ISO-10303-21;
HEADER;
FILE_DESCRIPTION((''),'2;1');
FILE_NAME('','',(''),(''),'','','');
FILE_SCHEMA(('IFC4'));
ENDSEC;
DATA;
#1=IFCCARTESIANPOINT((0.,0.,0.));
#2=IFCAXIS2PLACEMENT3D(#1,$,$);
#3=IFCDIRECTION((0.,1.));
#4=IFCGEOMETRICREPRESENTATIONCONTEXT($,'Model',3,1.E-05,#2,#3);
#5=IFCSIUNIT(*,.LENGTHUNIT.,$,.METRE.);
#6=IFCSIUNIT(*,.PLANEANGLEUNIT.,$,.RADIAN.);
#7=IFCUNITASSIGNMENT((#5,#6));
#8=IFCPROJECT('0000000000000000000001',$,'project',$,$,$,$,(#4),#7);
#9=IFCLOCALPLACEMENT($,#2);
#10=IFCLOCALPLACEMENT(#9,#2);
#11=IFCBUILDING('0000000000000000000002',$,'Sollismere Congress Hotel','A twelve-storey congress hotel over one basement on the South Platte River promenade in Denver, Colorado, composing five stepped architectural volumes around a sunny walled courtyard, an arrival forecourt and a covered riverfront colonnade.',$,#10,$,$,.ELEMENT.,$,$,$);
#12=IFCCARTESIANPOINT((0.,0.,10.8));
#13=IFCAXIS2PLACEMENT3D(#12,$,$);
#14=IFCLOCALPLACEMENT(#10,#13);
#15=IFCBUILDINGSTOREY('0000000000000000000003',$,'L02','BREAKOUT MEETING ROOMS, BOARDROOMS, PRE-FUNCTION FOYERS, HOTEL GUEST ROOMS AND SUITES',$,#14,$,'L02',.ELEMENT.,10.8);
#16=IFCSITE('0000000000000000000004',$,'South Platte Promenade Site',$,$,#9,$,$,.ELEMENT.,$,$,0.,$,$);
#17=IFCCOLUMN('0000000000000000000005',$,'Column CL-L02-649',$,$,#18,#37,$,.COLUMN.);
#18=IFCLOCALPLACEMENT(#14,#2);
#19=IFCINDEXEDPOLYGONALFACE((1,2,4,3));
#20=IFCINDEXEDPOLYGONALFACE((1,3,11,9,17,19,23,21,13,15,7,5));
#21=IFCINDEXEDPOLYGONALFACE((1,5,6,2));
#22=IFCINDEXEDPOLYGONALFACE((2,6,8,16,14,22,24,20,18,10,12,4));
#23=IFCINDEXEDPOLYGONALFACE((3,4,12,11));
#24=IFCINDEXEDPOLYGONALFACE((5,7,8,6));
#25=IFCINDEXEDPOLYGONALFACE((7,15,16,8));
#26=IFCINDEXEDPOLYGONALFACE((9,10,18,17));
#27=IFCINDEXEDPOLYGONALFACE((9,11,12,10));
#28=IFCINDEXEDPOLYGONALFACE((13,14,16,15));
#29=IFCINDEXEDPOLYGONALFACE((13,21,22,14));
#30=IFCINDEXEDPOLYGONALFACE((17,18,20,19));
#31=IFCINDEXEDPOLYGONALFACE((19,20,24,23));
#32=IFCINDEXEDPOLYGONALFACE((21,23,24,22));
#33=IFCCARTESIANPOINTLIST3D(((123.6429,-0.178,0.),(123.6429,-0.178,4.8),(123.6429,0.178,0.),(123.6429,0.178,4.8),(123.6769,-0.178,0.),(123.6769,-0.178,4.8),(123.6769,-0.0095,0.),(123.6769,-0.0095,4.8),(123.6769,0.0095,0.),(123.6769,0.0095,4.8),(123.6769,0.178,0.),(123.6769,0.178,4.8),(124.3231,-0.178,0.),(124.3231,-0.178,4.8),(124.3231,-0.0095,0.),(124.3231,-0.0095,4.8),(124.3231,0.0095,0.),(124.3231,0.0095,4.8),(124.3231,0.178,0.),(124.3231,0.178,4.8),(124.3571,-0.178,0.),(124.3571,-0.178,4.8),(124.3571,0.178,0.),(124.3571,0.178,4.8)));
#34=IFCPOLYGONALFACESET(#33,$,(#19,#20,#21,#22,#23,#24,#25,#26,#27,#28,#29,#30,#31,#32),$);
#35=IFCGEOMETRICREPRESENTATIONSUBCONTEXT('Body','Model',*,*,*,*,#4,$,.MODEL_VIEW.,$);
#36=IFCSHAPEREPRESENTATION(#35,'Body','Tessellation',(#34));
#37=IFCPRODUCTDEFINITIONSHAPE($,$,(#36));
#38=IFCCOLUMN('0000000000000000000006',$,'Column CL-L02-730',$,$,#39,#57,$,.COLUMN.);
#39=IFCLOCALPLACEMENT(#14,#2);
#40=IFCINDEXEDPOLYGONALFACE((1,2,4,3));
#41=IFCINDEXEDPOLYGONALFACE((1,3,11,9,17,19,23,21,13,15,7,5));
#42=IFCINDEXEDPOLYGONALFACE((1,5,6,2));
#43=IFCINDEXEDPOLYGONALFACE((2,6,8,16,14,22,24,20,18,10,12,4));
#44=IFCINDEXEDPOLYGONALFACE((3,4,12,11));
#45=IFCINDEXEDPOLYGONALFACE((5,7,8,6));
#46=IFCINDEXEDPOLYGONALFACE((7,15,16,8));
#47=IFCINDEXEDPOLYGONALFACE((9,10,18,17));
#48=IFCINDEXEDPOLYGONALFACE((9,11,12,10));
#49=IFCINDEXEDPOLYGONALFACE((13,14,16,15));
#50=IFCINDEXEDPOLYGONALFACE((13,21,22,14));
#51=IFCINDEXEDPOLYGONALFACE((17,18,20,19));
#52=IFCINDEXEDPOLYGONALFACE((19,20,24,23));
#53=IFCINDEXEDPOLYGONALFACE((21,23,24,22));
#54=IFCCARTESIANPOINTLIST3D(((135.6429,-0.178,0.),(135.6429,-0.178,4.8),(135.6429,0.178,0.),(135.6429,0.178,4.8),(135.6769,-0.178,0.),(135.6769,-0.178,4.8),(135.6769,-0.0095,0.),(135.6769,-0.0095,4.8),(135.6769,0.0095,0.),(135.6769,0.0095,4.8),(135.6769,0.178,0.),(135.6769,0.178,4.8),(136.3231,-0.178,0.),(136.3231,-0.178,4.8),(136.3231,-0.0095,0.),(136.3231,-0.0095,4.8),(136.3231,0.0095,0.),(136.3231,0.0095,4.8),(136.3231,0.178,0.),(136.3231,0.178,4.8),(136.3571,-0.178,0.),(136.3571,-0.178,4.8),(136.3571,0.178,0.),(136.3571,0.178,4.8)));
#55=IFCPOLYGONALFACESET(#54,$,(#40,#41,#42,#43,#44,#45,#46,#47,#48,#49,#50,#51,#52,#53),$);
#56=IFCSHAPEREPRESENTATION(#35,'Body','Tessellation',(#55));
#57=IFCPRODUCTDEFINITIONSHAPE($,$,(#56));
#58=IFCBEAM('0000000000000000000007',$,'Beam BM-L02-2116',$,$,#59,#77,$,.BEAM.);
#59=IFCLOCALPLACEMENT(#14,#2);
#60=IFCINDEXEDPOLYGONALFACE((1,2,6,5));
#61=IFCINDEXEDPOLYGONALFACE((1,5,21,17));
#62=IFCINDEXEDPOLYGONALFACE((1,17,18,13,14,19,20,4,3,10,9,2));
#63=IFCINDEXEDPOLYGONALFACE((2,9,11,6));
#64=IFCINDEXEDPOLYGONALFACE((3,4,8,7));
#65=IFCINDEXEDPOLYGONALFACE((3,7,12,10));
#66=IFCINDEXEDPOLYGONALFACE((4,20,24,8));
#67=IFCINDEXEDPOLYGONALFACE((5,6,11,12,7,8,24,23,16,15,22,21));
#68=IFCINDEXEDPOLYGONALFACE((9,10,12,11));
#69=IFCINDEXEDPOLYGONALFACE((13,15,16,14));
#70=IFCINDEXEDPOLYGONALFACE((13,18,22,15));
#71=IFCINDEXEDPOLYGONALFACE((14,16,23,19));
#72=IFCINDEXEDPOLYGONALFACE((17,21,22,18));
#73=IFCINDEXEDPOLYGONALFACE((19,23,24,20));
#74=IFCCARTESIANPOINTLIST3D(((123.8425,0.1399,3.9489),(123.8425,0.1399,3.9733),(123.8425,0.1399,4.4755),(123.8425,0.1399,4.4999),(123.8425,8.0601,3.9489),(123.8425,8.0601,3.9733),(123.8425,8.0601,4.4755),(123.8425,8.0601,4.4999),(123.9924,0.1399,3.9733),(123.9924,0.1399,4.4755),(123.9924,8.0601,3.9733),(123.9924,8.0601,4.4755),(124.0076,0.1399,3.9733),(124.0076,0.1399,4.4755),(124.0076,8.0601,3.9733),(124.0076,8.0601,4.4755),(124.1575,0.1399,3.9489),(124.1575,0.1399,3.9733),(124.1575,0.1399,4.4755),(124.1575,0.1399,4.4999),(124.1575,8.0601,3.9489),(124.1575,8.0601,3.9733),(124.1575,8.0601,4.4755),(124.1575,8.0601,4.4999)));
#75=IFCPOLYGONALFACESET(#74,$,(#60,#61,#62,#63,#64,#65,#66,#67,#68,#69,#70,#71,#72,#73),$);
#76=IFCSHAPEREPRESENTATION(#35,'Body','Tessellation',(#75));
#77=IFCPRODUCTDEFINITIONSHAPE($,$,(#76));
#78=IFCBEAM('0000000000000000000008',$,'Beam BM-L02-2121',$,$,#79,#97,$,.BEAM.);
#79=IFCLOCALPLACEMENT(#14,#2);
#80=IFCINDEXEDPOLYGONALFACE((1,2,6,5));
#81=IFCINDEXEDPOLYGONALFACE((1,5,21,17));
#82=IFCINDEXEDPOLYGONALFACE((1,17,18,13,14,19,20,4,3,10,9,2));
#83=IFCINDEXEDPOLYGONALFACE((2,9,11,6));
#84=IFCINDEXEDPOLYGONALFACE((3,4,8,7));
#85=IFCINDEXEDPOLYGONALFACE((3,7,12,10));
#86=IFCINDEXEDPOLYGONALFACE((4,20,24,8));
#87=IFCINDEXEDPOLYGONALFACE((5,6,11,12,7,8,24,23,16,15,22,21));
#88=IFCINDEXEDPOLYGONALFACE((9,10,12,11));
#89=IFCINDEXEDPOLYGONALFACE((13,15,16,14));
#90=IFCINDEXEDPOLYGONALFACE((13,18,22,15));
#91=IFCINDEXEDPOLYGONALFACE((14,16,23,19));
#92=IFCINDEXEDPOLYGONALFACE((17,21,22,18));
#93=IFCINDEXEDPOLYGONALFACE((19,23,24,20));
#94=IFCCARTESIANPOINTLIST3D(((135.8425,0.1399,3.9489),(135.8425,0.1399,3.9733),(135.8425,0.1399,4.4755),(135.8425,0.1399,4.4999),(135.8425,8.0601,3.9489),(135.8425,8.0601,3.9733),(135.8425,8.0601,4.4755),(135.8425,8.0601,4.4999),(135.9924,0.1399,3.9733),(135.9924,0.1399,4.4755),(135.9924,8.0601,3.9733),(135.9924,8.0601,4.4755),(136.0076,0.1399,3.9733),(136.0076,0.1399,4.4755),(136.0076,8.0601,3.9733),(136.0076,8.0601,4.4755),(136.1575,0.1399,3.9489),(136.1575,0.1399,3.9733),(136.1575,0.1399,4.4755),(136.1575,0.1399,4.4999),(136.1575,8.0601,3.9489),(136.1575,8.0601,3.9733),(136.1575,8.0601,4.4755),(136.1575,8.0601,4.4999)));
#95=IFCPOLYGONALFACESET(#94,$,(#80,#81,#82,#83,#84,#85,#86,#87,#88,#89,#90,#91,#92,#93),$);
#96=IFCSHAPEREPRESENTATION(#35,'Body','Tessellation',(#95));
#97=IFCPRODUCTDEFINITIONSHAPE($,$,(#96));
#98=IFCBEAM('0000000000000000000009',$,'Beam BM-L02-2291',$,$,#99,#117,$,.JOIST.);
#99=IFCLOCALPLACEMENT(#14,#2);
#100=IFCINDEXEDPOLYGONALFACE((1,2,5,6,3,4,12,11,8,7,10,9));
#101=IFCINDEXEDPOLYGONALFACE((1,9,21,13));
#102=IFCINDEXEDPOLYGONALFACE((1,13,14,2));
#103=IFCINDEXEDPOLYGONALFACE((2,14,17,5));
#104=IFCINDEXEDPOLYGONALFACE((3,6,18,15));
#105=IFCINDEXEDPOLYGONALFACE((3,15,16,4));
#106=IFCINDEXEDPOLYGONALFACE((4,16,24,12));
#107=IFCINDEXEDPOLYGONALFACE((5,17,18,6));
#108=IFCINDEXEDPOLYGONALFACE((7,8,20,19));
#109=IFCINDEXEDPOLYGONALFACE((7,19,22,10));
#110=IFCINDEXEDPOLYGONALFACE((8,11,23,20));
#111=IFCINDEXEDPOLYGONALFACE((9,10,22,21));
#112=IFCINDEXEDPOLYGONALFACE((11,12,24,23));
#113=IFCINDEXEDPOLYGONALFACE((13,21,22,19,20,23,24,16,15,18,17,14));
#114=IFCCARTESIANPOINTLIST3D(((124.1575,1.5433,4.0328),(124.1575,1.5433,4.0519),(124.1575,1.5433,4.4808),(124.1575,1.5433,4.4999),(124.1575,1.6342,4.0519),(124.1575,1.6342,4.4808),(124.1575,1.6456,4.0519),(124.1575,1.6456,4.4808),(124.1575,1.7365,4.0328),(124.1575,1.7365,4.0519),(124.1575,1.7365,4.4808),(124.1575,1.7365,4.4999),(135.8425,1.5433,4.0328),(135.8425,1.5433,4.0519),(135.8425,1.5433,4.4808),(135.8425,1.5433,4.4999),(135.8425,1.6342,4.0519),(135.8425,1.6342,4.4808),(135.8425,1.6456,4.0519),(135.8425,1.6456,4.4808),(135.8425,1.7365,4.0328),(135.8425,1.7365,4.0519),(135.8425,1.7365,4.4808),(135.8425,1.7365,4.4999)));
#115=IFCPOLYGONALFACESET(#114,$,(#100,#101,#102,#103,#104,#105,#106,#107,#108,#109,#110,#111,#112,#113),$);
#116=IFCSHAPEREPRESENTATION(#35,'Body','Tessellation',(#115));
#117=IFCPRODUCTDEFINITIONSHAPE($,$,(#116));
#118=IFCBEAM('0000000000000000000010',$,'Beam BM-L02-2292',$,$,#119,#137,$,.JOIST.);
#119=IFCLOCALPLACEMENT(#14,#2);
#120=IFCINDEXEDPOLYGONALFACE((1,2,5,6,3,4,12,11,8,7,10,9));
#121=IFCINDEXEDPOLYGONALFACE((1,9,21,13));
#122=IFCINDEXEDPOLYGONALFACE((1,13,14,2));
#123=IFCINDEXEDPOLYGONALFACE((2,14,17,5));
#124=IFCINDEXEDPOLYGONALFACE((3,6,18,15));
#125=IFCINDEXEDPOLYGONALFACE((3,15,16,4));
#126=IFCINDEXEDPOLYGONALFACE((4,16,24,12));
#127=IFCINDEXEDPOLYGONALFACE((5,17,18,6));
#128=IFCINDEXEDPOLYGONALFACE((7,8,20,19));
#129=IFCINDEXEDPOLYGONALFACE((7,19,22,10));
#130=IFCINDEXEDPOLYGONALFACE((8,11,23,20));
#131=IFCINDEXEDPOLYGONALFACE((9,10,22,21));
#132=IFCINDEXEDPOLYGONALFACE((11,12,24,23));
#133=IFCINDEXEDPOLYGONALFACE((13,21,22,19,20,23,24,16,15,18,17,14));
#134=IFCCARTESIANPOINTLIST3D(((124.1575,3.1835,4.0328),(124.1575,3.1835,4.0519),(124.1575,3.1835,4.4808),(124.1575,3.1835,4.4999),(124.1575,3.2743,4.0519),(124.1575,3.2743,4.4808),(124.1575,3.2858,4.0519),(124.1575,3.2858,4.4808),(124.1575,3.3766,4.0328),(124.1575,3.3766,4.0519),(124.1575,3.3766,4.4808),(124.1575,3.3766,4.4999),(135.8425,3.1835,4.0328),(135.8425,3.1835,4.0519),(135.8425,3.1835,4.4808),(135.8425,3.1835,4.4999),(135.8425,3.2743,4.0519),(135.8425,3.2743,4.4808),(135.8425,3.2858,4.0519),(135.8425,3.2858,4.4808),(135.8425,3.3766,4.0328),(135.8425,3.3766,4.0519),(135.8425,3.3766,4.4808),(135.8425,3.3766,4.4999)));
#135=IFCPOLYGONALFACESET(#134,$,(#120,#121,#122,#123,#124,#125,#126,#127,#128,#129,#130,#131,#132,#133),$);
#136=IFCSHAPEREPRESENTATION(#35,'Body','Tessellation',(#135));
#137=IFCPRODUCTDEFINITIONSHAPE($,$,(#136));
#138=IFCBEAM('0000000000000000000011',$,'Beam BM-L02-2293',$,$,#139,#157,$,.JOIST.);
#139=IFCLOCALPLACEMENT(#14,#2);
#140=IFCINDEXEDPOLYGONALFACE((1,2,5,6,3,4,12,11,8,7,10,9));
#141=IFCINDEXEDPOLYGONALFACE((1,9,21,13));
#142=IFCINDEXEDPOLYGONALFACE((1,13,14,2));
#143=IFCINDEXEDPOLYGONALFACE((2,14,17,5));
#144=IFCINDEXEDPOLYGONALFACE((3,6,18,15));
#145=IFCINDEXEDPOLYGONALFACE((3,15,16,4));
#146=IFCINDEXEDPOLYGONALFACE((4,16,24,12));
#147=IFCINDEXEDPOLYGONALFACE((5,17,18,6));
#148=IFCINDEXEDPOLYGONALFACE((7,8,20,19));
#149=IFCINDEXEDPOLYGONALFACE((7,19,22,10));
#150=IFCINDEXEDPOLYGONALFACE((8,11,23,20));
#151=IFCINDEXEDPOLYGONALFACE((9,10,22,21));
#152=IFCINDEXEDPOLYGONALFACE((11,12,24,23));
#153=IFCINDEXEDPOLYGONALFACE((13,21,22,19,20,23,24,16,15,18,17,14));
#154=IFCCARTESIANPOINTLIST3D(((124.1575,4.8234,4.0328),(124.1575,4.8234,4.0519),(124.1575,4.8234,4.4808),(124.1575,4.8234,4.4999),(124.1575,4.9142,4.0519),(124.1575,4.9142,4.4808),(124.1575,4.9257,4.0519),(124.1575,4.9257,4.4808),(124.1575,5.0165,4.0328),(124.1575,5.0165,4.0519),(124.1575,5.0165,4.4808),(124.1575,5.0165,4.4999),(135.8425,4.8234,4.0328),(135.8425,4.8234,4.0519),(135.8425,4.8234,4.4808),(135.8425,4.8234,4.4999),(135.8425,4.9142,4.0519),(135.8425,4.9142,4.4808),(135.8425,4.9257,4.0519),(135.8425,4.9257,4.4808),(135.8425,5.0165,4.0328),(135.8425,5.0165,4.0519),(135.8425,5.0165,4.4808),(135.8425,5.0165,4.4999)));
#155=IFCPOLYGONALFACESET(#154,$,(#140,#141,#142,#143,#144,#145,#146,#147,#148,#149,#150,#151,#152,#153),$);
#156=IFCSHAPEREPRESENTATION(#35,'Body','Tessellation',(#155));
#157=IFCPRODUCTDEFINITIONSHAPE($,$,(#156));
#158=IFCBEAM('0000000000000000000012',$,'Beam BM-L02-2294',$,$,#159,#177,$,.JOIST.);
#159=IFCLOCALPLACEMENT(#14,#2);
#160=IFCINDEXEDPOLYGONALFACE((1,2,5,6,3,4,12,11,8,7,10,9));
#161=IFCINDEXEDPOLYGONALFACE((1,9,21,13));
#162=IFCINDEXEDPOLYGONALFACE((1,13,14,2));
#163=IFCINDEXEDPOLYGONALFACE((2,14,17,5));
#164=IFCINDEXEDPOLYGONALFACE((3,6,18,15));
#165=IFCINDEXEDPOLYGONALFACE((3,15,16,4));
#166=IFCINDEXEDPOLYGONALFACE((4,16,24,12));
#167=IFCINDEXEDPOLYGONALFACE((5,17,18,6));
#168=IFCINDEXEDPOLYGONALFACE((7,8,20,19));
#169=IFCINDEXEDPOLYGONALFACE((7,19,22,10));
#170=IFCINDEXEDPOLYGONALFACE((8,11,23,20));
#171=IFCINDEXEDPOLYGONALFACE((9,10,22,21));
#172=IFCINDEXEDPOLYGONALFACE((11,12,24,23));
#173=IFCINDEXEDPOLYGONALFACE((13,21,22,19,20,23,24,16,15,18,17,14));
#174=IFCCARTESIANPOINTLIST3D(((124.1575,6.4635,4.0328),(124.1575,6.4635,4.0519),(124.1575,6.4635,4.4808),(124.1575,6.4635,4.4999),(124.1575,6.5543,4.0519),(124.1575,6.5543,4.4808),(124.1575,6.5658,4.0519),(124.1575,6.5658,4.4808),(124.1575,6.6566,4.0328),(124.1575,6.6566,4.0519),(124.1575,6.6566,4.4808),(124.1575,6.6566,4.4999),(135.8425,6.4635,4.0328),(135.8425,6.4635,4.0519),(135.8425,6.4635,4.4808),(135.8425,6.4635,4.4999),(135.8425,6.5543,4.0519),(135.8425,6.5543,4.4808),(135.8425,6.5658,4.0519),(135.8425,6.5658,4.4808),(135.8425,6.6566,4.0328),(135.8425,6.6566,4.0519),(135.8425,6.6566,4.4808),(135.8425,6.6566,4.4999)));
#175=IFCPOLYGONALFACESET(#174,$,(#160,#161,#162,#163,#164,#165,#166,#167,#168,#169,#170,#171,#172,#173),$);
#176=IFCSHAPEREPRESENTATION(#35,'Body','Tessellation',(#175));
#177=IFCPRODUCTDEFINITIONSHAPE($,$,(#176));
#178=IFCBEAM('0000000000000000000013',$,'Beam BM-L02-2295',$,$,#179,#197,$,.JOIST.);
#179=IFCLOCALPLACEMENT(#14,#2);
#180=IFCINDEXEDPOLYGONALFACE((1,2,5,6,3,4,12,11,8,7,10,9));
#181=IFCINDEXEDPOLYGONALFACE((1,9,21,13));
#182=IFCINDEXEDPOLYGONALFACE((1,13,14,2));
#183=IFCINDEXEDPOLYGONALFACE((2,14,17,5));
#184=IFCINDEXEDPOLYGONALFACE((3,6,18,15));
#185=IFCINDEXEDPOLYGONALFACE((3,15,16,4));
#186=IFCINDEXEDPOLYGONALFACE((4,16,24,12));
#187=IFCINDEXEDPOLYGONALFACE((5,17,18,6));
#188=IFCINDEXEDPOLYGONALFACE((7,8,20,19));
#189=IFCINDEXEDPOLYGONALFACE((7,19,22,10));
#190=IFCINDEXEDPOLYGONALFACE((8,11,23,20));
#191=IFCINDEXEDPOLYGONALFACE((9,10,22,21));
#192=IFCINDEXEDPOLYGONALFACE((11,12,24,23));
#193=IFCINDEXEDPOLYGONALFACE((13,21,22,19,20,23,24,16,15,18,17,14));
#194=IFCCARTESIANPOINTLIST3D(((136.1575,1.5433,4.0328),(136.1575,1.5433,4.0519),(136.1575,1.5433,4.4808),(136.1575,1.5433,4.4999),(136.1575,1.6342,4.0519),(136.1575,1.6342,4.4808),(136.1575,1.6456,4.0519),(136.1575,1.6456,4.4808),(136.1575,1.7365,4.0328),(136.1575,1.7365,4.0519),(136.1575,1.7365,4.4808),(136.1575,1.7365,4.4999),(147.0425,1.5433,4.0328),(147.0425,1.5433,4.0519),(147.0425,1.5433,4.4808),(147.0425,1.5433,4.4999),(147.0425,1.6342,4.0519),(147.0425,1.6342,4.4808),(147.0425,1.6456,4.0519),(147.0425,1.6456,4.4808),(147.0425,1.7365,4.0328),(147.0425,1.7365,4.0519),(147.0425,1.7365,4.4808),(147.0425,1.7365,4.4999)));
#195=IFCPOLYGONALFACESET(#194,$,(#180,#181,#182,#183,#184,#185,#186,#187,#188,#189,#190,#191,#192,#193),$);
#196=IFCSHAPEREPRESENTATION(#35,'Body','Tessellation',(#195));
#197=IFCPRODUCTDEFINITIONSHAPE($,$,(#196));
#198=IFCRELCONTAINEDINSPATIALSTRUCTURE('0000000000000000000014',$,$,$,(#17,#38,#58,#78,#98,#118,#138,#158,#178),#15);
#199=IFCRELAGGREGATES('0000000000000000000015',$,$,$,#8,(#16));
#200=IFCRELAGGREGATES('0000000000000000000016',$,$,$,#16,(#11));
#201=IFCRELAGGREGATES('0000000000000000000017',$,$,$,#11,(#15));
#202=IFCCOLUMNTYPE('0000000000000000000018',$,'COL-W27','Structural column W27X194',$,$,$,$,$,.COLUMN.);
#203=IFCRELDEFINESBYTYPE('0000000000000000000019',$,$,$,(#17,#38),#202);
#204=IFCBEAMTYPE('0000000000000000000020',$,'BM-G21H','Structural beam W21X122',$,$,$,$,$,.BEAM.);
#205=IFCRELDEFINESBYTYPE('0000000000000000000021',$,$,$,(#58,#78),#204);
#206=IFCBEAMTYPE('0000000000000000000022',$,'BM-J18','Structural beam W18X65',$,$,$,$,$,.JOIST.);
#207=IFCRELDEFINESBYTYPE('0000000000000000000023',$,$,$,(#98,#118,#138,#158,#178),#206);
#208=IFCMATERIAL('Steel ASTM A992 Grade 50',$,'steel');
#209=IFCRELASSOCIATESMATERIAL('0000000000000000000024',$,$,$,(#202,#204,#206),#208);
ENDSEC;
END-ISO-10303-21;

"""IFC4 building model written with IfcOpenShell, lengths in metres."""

from ifc_helpers import new_model, si_unit, direction, frame, origin, origin_2d, place, context, subcontext, project, spatial, i_section, extrude, material, material_profile, profile_set, type_object, element, save


model = new_model("IFC4")

# Units and contexts
model_context = context("Model", 3, precision=1e-05, world=origin(), true_north=direction((0.0, 1.0)))
body_context = subcontext(model_context, "Body", "Model", "MODEL_VIEW")
ifc_project = project(units=[si_unit("LENGTHUNIT", "METRE"), si_unit("PLANEANGLEUNIT", "RADIAN")], contexts=[model_context])

# Site, building, storey
site_placement = place(None, origin())
site = spatial("IfcSite", under=ifc_project, at=site_placement, Name="South Platte Promenade Site", CompositionType="ELEMENT", RefElevation=0.0)
building_placement = place(site_placement, origin())
building = spatial("IfcBuilding", under=site, at=building_placement, Name="Sollismere Congress Hotel", Description="A twelve-storey congress hotel over one basement on the South Platte River promenade in Denver, Colorado, composing five stepped architectural volumes around a sunny walled courtyard, an arrival forecourt and a covered riverfront colonnade.", CompositionType="ELEMENT")
storey_placement = place(building_placement, frame((0.0, 0.0, 10.8)))
storey = spatial("IfcBuildingStorey", under=building, at=storey_placement, Name="L02", Description="BREAKOUT MEETING ROOMS, BOARDROOMS, PRE-FUNCTION FOYERS, HOTEL GUEST ROOMS AND SUITES", LongName="L02", CompositionType="ELEMENT", Elevation=10.8)

# Columns
ifc_material_1 = material(Name="Steel ASTM A992 Grade 50", Category="steel")
ifc_material_profile_1 = material_profile(ifc_material_1, i_section(OverallWidth=0.356, OverallDepth=0.7141, WebThickness=0.019, FlangeThickness=0.0339, at=origin_2d()), Name="W27X194")
ifc_profile_set_1 = profile_set([ifc_material_profile_1], Name="Steel ASTM A992 Grade 50")
column_type = type_object("IfcColumnType", Name="COL-W27", Description="Structural column W27X194", PredefinedType="COLUMN", material=ifc_profile_set_1)
for number, where, z_axis, x_axis, name in (
    (1, (124.0, 0.0, 0.0), (0.0, 0.0, 1.0), (0.0, 1.0, 0.0), "Column CL-L02-649"),
    (2, (136.0, 0.0, 0.0), (0.0, 0.0, 1.0), (0.0, 1.0, 0.0), "Column CL-L02-730"),
):
    element("IfcColumn", number, at=place(storey_placement, frame(where, z_axis=z_axis, x_axis=x_axis)), inside=storey, type_object=column_type, Name=name, PredefinedType="COLUMN", context=body_context, shape_type="SweptSolid", body=[
        extrude(i_section(OverallWidth=0.356, OverallDepth=0.7141, WebThickness=0.019, FlangeThickness=0.0339, at=origin_2d()), origin(), (0.0, 0.0, 1.0), 4.8),
    ])

# Beams
ifc_material_profile_2 = material_profile(ifc_material_1, i_section(OverallWidth=0.3149, OverallDepth=0.551, WebThickness=0.0151, FlangeThickness=0.0244, at=origin_2d()), Name="W21X122")
ifc_profile_set_2 = profile_set([ifc_material_profile_2], Name="Steel ASTM A992 Grade 50")
beam_type_1 = type_object("IfcBeamType", Name="BM-G21H", Description="Structural beam W21X122", PredefinedType="BEAM", material=ifc_profile_set_2)
for number, where, z_axis, x_axis, name in (
    (3, (124.0, 0.1399, 4.2244), (0.0, 1.0, 0.0), (-1.0, 0.0, 0.0), "Beam BM-L02-2116"),
    (4, (136.0, 0.1399, 4.2244), (0.0, 1.0, 0.0), (-1.0, 0.0, 0.0), "Beam BM-L02-2121"),
):
    element("IfcBeam", number, at=place(storey_placement, frame(where, z_axis=z_axis, x_axis=x_axis)), inside=storey, type_object=beam_type_1, Name=name, PredefinedType="BEAM", context=body_context, shape_type="SweptSolid", body=[
        extrude(i_section(OverallWidth=0.3149, OverallDepth=0.551, WebThickness=0.0151, FlangeThickness=0.0244, at=origin_2d()), origin(), (0.0, 0.0, 1.0), 7.9202),
    ])
ifc_material_profile_3 = material_profile(ifc_material_1, i_section(OverallWidth=0.1931, OverallDepth=0.467, WebThickness=0.0115, FlangeThickness=0.019, at=origin_2d()), Name="W18X65")
ifc_profile_set_3 = profile_set([ifc_material_profile_3], Name="Steel ASTM A992 Grade 50")
beam_type_2 = type_object("IfcBeamType", Name="BM-J18", Description="Structural beam W18X65", PredefinedType="JOIST", material=ifc_profile_set_3)
for number, where, z_axis, x_axis, name in (
    (5, (124.1575, 1.6399, 4.2664), (1.0, 0.0, 0.0), (0.0, 1.0, 0.0), "Beam BM-L02-2291"),
    (6, (124.1575, 3.28, 4.2664), (1.0, 0.0, 0.0), (0.0, 1.0, 0.0), "Beam BM-L02-2292"),
    (7, (124.1575, 4.9199, 4.2664), (1.0, 0.0, 0.0), (0.0, 1.0, 0.0), "Beam BM-L02-2293"),
    (8, (124.1575, 6.5601, 4.2664), (1.0, 0.0, 0.0), (0.0, 1.0, 0.0), "Beam BM-L02-2294"),
):
    element("IfcBeam", number, at=place(storey_placement, frame(where, z_axis=z_axis, x_axis=x_axis)), inside=storey, type_object=beam_type_2, Name=name, PredefinedType="JOIST", context=body_context, shape_type="SweptSolid", body=[
        extrude(i_section(OverallWidth=0.1931, OverallDepth=0.467, WebThickness=0.0115, FlangeThickness=0.019, at=origin_2d()), origin(), (0.0, 0.0, 1.0), 11.6851),
    ])
for number, where, z_axis, x_axis, name in (
    (9, (136.1575, 1.6399, 4.2664), (1.0, 0.0, 0.0), (0.0, 1.0, 0.0), "Beam BM-L02-2295"),
):
    element("IfcBeam", number, at=place(storey_placement, frame(where, z_axis=z_axis, x_axis=x_axis)), inside=storey, type_object=beam_type_2, Name=name, PredefinedType="JOIST", context=body_context, shape_type="SweptSolid", body=[
        extrude(i_section(OverallWidth=0.1931, OverallDepth=0.467, WebThickness=0.0115, FlangeThickness=0.019, at=origin_2d()), origin(), (0.0, 0.0, 1.0), 10.885),
    ])

save(model, "model.ifc")
